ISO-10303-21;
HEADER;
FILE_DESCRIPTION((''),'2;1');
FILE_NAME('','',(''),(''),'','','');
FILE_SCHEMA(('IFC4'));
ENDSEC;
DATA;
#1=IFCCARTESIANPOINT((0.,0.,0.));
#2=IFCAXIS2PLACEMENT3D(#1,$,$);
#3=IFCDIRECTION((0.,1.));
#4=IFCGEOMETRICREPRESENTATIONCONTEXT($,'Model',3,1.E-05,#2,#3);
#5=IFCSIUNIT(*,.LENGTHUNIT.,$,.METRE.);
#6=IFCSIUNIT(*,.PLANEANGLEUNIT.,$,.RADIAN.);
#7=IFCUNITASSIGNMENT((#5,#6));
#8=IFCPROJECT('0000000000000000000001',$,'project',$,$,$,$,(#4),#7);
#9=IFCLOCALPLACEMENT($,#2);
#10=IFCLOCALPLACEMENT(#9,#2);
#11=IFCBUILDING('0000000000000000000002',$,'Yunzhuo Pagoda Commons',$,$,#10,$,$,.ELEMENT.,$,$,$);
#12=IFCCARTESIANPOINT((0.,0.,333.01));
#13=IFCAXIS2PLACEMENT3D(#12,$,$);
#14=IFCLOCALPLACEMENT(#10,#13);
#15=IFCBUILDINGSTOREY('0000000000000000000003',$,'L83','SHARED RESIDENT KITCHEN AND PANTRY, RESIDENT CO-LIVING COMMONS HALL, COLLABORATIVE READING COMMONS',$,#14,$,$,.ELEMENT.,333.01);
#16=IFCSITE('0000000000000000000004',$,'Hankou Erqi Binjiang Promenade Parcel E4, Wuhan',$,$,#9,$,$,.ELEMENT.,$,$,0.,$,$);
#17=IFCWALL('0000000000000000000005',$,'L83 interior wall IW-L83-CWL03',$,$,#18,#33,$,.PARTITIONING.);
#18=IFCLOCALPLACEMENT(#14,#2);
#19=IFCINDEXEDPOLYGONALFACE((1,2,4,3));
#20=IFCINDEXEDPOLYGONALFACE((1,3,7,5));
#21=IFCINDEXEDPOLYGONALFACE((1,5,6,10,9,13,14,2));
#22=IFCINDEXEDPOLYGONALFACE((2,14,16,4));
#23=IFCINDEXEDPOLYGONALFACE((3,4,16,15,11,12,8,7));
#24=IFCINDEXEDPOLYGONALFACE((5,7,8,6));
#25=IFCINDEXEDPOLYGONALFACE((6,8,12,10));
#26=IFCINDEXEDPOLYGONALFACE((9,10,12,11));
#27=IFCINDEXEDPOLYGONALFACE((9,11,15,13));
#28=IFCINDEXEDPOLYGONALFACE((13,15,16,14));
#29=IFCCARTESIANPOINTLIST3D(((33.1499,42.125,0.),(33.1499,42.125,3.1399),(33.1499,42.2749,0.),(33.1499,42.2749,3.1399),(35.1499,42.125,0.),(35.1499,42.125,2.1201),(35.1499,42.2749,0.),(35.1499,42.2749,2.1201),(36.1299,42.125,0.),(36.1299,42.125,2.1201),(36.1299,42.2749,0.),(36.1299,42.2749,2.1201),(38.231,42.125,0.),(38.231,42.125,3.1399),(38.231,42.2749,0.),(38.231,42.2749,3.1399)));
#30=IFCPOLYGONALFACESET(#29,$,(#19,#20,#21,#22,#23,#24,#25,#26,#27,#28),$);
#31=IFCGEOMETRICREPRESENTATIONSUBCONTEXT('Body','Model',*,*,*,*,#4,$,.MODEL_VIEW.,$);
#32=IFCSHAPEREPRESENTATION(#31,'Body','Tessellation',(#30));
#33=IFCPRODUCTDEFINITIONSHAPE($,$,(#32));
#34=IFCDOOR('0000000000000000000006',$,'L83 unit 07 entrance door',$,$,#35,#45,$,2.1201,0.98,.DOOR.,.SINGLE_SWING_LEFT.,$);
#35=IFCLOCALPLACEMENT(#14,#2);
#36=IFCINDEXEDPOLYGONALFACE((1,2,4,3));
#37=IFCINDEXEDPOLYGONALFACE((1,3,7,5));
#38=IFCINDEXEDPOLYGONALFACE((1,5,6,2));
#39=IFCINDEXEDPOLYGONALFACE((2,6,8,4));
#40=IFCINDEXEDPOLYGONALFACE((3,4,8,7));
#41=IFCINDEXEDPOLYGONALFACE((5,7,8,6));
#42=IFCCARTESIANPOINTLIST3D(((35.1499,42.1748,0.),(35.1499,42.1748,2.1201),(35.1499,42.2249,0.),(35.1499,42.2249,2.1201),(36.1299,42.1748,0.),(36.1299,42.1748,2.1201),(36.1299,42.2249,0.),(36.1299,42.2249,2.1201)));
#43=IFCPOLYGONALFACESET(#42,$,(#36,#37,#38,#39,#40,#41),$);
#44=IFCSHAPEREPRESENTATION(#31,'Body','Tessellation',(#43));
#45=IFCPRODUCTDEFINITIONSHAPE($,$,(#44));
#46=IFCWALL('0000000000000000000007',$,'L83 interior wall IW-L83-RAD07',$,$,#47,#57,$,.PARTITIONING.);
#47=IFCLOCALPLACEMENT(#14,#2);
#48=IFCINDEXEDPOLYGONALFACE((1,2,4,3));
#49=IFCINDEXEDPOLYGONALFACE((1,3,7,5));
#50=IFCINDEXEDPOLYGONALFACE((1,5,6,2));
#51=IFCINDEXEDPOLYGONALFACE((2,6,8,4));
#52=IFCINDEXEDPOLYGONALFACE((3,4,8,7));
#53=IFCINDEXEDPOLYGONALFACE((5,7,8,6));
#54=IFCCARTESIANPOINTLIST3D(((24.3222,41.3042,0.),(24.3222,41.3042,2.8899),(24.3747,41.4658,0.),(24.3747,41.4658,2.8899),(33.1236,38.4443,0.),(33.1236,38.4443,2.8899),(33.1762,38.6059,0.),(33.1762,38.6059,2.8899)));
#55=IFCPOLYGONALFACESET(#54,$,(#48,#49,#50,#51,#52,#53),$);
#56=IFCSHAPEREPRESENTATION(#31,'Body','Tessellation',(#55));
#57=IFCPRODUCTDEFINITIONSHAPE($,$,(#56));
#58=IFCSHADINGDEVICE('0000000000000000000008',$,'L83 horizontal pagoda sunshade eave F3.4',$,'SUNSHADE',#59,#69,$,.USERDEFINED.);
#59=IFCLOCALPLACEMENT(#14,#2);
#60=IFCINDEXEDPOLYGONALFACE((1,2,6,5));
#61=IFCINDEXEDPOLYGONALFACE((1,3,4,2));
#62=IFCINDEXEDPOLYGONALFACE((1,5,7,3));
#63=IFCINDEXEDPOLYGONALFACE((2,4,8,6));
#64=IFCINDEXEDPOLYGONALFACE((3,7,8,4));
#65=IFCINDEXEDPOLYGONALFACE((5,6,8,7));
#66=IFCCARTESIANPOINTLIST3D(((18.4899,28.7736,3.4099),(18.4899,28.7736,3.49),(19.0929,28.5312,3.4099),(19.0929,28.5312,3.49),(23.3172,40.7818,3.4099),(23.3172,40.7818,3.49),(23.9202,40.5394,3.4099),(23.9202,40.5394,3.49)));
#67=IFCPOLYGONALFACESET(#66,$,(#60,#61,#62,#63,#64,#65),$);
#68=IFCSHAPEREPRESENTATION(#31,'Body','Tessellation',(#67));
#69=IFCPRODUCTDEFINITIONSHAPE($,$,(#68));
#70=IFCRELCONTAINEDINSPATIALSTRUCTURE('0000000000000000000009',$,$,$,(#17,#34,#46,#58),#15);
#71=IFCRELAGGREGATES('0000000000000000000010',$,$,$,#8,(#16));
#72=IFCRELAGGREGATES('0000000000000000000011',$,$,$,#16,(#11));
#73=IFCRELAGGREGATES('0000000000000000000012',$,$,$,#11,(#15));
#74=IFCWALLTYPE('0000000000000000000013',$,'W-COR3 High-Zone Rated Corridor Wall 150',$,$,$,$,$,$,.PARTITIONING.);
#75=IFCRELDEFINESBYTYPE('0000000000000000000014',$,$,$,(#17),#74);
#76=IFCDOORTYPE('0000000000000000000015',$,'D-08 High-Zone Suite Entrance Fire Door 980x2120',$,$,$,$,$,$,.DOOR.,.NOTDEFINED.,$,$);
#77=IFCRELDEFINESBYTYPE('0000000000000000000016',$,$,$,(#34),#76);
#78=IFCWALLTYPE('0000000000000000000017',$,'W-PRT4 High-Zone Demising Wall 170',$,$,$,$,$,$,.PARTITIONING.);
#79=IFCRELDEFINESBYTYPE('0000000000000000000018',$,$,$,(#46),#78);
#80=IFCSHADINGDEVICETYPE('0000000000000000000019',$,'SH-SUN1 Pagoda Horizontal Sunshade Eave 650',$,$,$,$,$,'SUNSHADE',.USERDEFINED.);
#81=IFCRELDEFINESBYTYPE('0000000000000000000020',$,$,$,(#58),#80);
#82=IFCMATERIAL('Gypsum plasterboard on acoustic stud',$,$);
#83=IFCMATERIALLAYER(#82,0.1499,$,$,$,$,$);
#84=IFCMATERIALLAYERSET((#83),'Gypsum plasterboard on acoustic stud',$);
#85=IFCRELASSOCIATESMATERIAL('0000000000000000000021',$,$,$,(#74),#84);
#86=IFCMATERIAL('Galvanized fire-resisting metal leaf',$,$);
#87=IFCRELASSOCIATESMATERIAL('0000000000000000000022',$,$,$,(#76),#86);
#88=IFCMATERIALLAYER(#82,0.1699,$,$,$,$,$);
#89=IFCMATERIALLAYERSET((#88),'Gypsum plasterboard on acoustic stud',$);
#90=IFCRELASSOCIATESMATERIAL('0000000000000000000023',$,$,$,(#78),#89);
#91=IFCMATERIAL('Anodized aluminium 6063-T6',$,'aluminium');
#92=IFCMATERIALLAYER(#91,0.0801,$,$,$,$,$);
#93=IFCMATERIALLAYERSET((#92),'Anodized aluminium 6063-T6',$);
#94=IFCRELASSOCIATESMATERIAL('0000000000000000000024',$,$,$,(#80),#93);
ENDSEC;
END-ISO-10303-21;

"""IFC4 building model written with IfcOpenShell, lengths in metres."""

from ifc_helpers import new_model, si_unit, direction, frame, frame_2d, origin, origin_with_axes, origin_2d, place, context, subcontext, project, spatial, rectangle, extrude, source, transform, mapped, material, layer, layer_set, type_object, element, fill, save


model = new_model("IFC4")

# Units and contexts
model_context = context("Model", 3, precision=1e-05, world=origin(), true_north=direction((0.0, 1.0)))
body_context = subcontext(model_context, "Body", "Model", "MODEL_VIEW")
ifc_project = project(units=[si_unit("LENGTHUNIT", "METRE"), si_unit("PLANEANGLEUNIT", "RADIAN")], contexts=[model_context])

# Site, building, storey
site_placement = place(None, origin())
site = spatial("IfcSite", under=ifc_project, at=site_placement, Name="Hankou Erqi Binjiang Promenade Parcel E4, Wuhan", CompositionType="ELEMENT", RefElevation=0.0)
building_placement = place(site_placement, origin())
building = spatial("IfcBuilding", under=site, at=building_placement, Name="Yunzhuo Pagoda Commons", CompositionType="ELEMENT")
storey_placement = place(building_placement, frame((0.0, 0.0, 333.01)))
storey = spatial("IfcBuildingStorey", under=building, at=storey_placement, Name="L83", Description="SHARED RESIDENT KITCHEN AND PANTRY, RESIDENT CO-LIVING COMMONS HALL, COLLABORATIVE READING COMMONS", CompositionType="ELEMENT", Elevation=333.01)

# Shared definitions
ifc_material_1 = material(Name="Anodized aluminium 6063-T6", Category="aluminium")

# Shared definitions
ifc_material_2 = material(Name="Galvanized fire-resisting metal leaf")

# Shared definitions
ifc_material_3 = material(Name="Gypsum plasterboard on acoustic stud")
ifc_layer_1 = layer(ifc_material_3, 0.1499)
ifc_layer_set_1 = layer_set([ifc_layer_1], Name="Gypsum plasterboard on acoustic stud")
wall_type_1 = type_object("IfcWallType", Name="W-COR3 High-Zone Rated Corridor Wall 150", PredefinedType="PARTITIONING", material=ifc_layer_set_1)

# Wall, opening, door
wall_1_placement = place(storey_placement, frame((33.1499, 42.2, 0.0), z_axis=(0.0, 0.0, 1.0), x_axis=(1.0, 0.0, 0.0)))
wall_1 = element("IfcWall", 1, at=wall_1_placement, inside=storey, type_object=wall_type_1, Name="L83 interior wall IW-L83-CWL03", PredefinedType="PARTITIONING", context=body_context, shape_type="SweptSolid", body=[
    extrude(rectangle(XDim=5.0811, YDim=0.1499, at=frame_2d((2.5405, 0.0))), origin(), (0.0, 0.0, 1.0), 3.1399),
])
opening_1_placement = place(wall_1_placement, frame((2.0, 0.0, 0.0)))
opening_1 = element("IfcOpeningElement", 2, at=opening_1_placement, cuts=wall_1, PredefinedType="OPENING", context=body_context, shape_type="SweptSolid", body=[
    extrude(rectangle(XDim=0.98, YDim=2.1201, at=frame_2d((0.49, 1.0601))), frame((0.0, 0.085, 0.0), z_axis=(0.0, -1.0, 0.0), x_axis=(1.0, 0.0, 0.0)), (0.0, 0.0, 1.0), 0.1699),
])
door_type_1 = type_object("IfcDoorType", Name="D-08 High-Zone Suite Entrance Fire Door 980x2120", OperationType="NOTDEFINED", PredefinedType="DOOR", material=ifc_material_2)
shared_shape_1 = source(origin(), body_context, "Body", "SweptSolid", [
    extrude(rectangle(XDim=0.98, YDim=2.1201, at=frame_2d((0.49, 1.0601))), frame((0.0, 0.0249, 0.0), z_axis=(0.0, -1.0, 0.0), x_axis=(1.0, 0.0, 0.0)), (0.0, 0.0, 1.0), 0.05),
])
door_1_placement = place(opening_1_placement, origin_with_axes())
door_1 = element("IfcDoor", 3, at=door_1_placement, inside=storey, type_object=door_type_1, Name="L83 unit 07 entrance door", OperationType="SINGLE_SWING_LEFT", OverallHeight=2.1201, OverallWidth=0.98, PredefinedType="DOOR", context=body_context, shape_type="MappedRepresentation", body=[
    mapped(shared_shape_1, transform((0.0, 0.0, 0.0), scale=1.0)),
])
fill(opening_1, door_1)

# Wall
ifc_layer_2 = layer(ifc_material_3, 0.1699)
ifc_layer_set_2 = layer_set([ifc_layer_2], Name="Gypsum plasterboard on acoustic stud")
wall_type_2 = type_object("IfcWallType", Name="W-PRT4 High-Zone Demising Wall 170", PredefinedType="PARTITIONING", material=ifc_layer_set_2)
wall_2_placement = place(storey_placement, frame((33.1499, 38.5251, 0.0), z_axis=(0.0, 0.0, 1.0), x_axis=(-0.951054, 0.309025, 0.0)))
element("IfcWall", 4, at=wall_2_placement, inside=storey, type_object=wall_type_2, Name="L83 interior wall IW-L83-RAD07", PredefinedType="PARTITIONING", context=body_context, shape_type="SweptSolid", body=[
    extrude(rectangle(XDim=9.2544, YDim=0.1699, at=frame_2d((4.6272, 0.0))), origin(), (0.0, 0.0, 1.0), 2.8899),
])

# Shading device
ifc_layer_3 = layer(ifc_material_1, 0.0801)
ifc_layer_set_3 = layer_set([ifc_layer_3], Name="Anodized aluminium 6063-T6")
shading_device_type = type_object("IfcShadingDeviceType", Name="SH-SUN1 Pagoda Horizontal Sunshade Eave 650", ElementType="SUNSHADE", PredefinedType="USERDEFINED", material=ifc_layer_set_3)
shared_shape_2 = source(origin(), body_context, "Body", "SweptSolid", [
    extrude(rectangle(XDim=12.9421, YDim=0.6499, at=origin_2d()), origin(), (0.0, 0.0, 1.0), 0.0801),
])
shading_device_placement = place(storey_placement, frame((21.2051, 34.6565, 3.4099), z_axis=(0.0, 0.0, 1.0), x_axis=(-0.372988, -0.927836, 0.0)))
element("IfcShadingDevice", 5, at=shading_device_placement, inside=storey, type_object=shading_device_type, Name="L83 horizontal pagoda sunshade eave F3.4", ObjectType="SUNSHADE", PredefinedType="USERDEFINED", context=body_context, shape_type="MappedRepresentation", body=[
    mapped(shared_shape_2, transform((0.0, 0.0, 0.0), scale=1.0)),
])

save(model, "model.ifc")
